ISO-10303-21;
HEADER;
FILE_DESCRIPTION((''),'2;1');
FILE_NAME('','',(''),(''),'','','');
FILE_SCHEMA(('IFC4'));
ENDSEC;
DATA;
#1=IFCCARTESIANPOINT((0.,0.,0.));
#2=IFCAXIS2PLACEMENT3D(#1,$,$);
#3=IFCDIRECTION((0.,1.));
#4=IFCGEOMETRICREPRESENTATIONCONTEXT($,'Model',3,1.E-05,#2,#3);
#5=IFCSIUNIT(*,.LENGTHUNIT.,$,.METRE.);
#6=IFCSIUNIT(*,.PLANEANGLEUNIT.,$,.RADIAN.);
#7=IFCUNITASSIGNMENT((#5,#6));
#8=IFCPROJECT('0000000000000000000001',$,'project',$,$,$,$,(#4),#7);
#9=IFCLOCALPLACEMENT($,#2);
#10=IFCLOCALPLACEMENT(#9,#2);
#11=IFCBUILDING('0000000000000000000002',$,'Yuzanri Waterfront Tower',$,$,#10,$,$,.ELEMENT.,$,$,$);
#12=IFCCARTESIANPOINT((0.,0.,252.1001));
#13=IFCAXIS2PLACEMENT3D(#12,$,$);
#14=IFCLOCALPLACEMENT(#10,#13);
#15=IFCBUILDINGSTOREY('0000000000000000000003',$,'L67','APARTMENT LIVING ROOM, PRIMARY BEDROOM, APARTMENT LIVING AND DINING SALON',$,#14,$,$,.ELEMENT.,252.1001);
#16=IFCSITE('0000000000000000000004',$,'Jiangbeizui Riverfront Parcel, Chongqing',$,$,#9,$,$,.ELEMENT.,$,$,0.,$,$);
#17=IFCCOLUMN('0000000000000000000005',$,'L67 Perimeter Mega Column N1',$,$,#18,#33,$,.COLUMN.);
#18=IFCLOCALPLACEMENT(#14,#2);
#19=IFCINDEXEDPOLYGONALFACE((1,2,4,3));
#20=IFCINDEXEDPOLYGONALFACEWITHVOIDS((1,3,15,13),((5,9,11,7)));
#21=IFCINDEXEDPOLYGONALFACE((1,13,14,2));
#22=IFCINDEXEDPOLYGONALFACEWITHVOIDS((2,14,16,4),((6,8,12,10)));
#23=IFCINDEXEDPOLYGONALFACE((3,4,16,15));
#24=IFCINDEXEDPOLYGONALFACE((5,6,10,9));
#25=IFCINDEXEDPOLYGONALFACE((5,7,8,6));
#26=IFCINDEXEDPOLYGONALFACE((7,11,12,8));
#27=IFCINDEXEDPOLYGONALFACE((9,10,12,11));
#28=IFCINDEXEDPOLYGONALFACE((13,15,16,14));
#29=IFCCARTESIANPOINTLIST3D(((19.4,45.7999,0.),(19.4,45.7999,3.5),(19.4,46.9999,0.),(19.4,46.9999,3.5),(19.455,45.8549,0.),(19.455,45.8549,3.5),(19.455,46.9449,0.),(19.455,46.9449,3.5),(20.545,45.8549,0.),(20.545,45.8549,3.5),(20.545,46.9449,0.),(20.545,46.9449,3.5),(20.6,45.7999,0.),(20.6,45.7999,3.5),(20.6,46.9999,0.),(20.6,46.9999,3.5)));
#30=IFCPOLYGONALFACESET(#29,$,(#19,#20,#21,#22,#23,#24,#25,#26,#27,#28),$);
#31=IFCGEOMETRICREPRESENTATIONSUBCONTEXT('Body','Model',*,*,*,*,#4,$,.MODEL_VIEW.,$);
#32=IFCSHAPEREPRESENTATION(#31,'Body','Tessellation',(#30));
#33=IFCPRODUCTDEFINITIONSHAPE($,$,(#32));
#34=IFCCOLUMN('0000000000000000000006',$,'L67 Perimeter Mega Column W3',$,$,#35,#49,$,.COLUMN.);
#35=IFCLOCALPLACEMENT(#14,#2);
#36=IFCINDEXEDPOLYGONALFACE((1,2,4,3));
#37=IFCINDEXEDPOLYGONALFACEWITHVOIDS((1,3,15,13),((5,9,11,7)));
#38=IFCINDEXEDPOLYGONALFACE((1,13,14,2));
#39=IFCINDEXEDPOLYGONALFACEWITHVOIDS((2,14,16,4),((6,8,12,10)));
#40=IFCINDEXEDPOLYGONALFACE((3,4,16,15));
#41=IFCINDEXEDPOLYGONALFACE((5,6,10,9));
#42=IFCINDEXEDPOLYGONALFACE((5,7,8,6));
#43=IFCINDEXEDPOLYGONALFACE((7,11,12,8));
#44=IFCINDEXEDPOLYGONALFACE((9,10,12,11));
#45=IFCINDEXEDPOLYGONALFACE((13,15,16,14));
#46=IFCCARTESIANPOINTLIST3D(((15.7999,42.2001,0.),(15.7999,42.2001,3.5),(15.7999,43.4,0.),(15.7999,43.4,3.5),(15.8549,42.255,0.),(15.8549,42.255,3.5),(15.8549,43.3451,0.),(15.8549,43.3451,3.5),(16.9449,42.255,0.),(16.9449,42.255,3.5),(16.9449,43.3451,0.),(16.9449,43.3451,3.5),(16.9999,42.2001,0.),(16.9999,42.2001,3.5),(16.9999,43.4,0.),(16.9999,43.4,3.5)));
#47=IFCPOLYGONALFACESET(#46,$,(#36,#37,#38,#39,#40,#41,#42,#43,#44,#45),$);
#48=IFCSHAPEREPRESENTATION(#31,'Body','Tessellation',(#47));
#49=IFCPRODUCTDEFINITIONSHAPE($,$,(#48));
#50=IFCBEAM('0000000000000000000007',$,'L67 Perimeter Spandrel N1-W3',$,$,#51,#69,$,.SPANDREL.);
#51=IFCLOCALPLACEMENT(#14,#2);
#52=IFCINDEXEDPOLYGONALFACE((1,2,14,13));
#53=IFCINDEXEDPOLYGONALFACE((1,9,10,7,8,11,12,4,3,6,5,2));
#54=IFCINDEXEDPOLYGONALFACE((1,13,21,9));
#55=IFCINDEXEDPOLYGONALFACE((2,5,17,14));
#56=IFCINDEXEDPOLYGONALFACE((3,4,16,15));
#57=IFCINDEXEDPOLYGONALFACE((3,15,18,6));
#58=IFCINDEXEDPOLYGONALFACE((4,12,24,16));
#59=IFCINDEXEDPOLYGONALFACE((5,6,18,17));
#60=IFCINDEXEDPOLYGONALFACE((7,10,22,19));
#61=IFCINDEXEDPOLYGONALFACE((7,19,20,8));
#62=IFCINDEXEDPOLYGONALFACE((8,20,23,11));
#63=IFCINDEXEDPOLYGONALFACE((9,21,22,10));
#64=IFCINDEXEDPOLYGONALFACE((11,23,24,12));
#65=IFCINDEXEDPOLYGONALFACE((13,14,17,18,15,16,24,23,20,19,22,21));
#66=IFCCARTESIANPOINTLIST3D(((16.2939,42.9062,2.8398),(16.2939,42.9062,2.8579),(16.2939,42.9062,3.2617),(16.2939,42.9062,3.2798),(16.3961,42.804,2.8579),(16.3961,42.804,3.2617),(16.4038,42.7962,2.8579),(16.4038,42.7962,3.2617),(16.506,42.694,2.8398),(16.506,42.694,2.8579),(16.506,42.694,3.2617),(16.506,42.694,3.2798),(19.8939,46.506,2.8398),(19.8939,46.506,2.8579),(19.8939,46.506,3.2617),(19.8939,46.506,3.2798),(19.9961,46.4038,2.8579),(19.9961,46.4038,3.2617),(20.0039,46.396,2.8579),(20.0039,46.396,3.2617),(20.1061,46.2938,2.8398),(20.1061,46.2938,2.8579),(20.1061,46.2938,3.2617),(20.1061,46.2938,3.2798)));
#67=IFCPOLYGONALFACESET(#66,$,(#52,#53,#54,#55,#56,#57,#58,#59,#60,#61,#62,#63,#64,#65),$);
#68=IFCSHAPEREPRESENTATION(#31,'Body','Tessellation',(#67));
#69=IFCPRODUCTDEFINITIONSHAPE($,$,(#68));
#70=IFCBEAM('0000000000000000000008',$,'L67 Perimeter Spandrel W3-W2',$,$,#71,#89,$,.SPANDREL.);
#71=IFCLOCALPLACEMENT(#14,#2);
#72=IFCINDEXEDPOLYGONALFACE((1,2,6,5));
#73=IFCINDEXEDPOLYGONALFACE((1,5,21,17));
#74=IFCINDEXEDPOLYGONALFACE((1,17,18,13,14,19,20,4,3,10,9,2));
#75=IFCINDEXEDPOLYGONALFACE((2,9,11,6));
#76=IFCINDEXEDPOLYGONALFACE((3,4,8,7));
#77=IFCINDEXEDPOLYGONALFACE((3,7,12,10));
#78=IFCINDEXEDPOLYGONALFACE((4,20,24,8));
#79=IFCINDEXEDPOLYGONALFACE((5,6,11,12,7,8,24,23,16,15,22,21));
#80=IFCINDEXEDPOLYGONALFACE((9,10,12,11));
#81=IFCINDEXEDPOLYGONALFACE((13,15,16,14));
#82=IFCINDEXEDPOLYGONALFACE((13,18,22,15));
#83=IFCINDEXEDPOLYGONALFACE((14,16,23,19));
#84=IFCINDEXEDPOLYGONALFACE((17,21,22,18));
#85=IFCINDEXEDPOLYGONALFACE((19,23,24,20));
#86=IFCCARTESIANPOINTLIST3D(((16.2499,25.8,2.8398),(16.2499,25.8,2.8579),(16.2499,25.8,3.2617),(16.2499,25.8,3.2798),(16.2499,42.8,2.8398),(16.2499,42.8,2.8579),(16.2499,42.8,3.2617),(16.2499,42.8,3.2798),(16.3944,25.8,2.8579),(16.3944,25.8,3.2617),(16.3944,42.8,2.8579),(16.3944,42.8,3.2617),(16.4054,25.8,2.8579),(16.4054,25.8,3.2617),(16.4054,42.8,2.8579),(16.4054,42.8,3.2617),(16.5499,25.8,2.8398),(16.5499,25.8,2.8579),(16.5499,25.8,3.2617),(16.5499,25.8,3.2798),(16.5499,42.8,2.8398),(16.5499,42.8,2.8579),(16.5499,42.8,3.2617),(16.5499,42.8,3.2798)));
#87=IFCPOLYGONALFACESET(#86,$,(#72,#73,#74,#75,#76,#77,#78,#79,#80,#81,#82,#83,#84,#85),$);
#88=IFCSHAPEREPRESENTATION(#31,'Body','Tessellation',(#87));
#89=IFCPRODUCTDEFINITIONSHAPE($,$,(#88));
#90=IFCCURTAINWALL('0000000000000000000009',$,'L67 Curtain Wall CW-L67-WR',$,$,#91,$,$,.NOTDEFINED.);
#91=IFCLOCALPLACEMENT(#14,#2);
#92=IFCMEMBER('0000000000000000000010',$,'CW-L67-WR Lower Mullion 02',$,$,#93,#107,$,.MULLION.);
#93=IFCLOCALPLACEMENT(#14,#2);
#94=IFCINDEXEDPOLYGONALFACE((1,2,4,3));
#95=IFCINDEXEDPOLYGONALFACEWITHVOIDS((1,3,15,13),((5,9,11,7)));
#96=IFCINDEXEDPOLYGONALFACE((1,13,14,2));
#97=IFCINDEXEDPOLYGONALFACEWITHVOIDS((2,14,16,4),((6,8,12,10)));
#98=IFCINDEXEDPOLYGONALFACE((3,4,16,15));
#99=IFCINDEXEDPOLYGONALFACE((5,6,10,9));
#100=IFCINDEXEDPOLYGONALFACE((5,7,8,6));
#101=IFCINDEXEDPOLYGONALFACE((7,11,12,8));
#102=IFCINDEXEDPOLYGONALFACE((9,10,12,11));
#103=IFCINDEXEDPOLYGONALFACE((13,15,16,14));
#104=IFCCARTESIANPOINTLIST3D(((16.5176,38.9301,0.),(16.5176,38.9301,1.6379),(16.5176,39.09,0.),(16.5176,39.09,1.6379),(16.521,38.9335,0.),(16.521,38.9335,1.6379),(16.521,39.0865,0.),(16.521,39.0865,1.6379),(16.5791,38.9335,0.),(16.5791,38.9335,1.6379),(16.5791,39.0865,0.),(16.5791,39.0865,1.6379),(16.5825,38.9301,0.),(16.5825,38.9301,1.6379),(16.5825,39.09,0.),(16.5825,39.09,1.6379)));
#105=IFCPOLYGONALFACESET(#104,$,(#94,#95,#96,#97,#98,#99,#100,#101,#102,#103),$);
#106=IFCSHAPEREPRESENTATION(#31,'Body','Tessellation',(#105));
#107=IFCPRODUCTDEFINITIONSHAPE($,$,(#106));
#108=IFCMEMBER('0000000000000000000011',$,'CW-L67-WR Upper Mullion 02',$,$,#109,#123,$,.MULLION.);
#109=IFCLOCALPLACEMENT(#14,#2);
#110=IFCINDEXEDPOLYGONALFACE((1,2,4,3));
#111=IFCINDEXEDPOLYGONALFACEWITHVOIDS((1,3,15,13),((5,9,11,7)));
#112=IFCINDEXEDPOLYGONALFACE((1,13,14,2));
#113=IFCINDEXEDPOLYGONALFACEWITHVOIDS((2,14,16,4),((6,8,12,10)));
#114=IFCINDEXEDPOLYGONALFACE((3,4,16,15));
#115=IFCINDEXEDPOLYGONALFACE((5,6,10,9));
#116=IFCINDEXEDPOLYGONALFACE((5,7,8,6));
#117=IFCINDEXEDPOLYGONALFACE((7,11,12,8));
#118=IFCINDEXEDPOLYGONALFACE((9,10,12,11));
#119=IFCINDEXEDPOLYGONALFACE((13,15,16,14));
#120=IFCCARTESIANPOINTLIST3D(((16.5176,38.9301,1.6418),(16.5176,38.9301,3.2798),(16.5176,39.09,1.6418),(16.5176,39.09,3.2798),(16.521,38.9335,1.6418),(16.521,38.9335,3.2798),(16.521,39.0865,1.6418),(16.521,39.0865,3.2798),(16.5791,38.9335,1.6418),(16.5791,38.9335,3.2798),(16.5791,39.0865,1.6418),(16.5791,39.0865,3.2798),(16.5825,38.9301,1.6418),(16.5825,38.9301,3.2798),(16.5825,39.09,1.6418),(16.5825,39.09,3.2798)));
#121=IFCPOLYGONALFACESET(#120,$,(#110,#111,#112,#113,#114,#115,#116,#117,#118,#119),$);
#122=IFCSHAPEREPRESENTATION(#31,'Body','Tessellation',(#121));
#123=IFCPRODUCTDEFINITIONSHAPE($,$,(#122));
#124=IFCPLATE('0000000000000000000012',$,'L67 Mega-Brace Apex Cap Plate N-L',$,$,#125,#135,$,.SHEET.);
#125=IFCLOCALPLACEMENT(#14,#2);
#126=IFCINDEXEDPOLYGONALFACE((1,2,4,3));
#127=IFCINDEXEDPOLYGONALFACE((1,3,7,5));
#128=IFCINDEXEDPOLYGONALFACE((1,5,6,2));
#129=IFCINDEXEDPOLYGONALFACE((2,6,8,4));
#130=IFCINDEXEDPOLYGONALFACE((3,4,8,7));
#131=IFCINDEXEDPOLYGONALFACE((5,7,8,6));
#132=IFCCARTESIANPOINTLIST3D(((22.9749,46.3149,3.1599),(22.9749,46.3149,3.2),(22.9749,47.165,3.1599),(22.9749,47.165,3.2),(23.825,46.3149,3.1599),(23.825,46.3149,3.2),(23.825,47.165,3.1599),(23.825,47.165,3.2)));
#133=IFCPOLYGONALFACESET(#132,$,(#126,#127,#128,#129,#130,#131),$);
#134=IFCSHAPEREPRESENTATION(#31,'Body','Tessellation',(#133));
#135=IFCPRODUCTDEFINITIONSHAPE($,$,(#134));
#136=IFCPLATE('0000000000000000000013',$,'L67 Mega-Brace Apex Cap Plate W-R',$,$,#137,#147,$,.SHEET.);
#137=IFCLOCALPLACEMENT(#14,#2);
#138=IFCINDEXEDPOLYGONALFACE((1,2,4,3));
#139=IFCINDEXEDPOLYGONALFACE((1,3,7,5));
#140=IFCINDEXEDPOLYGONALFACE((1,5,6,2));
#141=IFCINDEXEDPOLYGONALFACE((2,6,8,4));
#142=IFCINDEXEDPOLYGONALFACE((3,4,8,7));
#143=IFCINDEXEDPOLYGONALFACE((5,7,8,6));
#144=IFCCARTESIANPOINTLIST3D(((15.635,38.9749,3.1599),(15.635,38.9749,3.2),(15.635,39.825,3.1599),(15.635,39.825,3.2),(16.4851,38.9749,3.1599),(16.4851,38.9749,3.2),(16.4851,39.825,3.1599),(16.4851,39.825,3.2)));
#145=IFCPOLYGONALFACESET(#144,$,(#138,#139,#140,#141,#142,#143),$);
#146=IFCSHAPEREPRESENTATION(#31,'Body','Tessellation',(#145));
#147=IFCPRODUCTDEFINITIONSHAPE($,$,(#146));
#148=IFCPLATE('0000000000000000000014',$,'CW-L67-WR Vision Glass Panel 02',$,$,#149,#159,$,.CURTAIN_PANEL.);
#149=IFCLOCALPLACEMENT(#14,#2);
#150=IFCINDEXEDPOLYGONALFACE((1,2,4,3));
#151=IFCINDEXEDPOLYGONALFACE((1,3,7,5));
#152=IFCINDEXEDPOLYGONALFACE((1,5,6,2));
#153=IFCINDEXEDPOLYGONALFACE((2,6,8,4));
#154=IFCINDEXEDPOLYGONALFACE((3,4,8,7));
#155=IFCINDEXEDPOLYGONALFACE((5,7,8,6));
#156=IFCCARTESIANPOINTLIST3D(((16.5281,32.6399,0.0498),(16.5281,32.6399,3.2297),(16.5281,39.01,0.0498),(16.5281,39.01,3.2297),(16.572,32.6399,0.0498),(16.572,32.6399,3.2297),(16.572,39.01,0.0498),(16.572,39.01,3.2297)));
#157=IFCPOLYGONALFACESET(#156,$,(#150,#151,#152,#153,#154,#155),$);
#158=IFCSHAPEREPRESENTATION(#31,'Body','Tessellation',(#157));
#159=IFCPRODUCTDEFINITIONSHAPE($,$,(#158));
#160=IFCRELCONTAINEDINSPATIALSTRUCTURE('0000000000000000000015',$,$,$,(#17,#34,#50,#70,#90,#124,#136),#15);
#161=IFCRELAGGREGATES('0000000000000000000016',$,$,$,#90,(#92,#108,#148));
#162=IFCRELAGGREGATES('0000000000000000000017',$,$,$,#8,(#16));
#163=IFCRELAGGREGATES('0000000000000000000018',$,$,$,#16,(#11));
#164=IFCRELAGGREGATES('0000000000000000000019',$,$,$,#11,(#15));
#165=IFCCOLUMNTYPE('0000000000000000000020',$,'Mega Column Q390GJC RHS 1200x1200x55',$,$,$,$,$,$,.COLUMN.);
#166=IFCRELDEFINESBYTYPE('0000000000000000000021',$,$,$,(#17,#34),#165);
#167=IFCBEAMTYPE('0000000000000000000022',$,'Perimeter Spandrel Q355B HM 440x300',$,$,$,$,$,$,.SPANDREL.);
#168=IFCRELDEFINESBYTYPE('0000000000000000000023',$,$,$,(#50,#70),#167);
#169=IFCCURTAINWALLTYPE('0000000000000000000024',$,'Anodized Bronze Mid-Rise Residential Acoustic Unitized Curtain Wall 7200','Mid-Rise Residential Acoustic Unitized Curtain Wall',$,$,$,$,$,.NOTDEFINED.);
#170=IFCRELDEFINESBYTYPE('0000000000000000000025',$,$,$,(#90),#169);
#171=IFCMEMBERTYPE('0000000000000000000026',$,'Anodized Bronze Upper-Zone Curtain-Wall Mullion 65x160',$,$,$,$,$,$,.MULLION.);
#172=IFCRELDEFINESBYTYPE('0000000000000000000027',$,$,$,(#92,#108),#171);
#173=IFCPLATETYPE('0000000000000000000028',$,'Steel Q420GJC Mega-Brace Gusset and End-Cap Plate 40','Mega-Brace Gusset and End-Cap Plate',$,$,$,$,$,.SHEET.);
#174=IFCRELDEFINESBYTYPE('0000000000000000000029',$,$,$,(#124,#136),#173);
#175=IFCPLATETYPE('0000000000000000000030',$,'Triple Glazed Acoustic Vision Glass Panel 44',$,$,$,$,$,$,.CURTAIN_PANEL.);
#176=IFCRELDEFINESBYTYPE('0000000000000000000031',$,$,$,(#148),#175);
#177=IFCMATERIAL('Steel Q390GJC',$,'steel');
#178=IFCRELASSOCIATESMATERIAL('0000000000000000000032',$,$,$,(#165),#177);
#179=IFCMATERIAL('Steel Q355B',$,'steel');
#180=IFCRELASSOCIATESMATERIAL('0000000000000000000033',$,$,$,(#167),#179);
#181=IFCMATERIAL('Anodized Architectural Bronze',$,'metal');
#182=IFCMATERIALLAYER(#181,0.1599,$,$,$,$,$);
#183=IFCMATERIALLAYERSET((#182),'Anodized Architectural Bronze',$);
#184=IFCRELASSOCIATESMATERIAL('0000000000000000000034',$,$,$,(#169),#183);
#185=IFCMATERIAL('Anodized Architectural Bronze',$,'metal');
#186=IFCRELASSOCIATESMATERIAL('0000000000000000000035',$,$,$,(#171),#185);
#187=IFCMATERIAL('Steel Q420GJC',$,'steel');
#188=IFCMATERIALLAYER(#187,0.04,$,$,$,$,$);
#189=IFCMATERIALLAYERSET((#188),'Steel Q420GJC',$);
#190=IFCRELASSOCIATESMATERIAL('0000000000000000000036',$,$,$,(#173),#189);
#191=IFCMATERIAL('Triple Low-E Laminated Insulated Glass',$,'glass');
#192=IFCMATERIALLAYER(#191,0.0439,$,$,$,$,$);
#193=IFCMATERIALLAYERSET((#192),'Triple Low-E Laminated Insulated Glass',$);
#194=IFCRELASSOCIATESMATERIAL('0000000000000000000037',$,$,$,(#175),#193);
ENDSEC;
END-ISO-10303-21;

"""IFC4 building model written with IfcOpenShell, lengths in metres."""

from ifc_helpers import new_model, si_unit, direction, frame, origin, origin_2d, place, context, subcontext, project, spatial, rectangle, hollow_rectangle, i_section, extrude, source, transform, mapped, material, layer, layer_set, material_profile, profile_set, type_object, element, aggregate, save


model = new_model("IFC4")

# Units and contexts
model_context = context("Model", 3, precision=1e-05, world=origin(), true_north=direction((0.0, 1.0)))
body_context = subcontext(model_context, "Body", "Model", "MODEL_VIEW")
ifc_project = project(units=[si_unit("LENGTHUNIT", "METRE"), si_unit("PLANEANGLEUNIT", "RADIAN")], contexts=[model_context])

# Site, building, storey
site_placement = place(None, origin())
site = spatial("IfcSite", under=ifc_project, at=site_placement, Name="Jiangbeizui Riverfront Parcel, Chongqing", CompositionType="ELEMENT", RefElevation=0.0)
building_placement = place(site_placement, origin())
building = spatial("IfcBuilding", under=site, at=building_placement, Name="Yuzanri Waterfront Tower", CompositionType="ELEMENT")
storey_placement = place(building_placement, frame((0.0, 0.0, 252.1001)))
storey = spatial("IfcBuildingStorey", under=building, at=storey_placement, Name="L67", Description="APARTMENT LIVING ROOM, PRIMARY BEDROOM, APARTMENT LIVING AND DINING SALON", CompositionType="ELEMENT", Elevation=252.1001)

# Columns
ifc_material_1 = material(Name="Steel Q390GJC", Category="steel")
ifc_material_profile_1 = material_profile(ifc_material_1, hollow_rectangle(XDim=1.2, YDim=1.2, WallThickness=0.0549, at=origin_2d()), Name="RHS 1200x1200x55")
ifc_profile_set_1 = profile_set([ifc_material_profile_1], Name="Steel Q390GJC")
column_type = type_object("IfcColumnType", Name="Mega Column Q390GJC RHS 1200x1200x55", PredefinedType="COLUMN", material=ifc_profile_set_1)
shared_shape_1 = source(origin(), body_context, "Body", "SweptSolid", [
    extrude(hollow_rectangle(XDim=1.2, YDim=1.2, WallThickness=0.0549, at=origin_2d()), origin(), (0.0, 0.0, 1.0), 3.5),
])
for number, where, z_axis, x_axis, name in (
    (1, (20.0, 46.3999, 0.0), (0.0, 0.0, 1.0), (1.0, 0.0, 0.0), "L67 Perimeter Mega Column N1"),
    (2, (16.3999, 42.8, 0.0), (0.0, 0.0, 1.0), (1.0, 0.0, 0.0), "L67 Perimeter Mega Column W3"),
):
    element("IfcColumn", number, at=place(storey_placement, frame(where, z_axis=z_axis, x_axis=x_axis)), inside=storey, type_object=column_type, Name=name, PredefinedType="COLUMN", context=body_context, shape_type="MappedRepresentation", body=[
        mapped(shared_shape_1, transform((0.0, 0.0, 0.0), scale=1.0)),
    ])

# Beams
ifc_material_2 = material(Name="Steel Q355B", Category="steel")
ifc_material_profile_2 = material_profile(ifc_material_2, i_section(OverallWidth=0.3, OverallDepth=0.4399, WebThickness=0.011, FlangeThickness=0.0181, at=origin_2d()), Name="HM 440x300x11x18")
ifc_profile_set_2 = profile_set([ifc_material_profile_2], Name="Steel Q355B")
beam_type = type_object("IfcBeamType", Name="Perimeter Spandrel Q355B HM 440x300", PredefinedType="SPANDREL", material=ifc_profile_set_2)
shared_shape_2 = source(origin(), body_context, "Body", "SweptSolid", [
    extrude(i_section(OverallWidth=0.3, OverallDepth=0.4399, WebThickness=0.011, FlangeThickness=0.0181, at=origin_2d()), origin(), (0.0, 0.0, 1.0), 5.0911),
])
beam_1_placement = place(storey_placement, frame((20.0, 46.3999, 3.0598), z_axis=(-0.707131, -0.707083, 0.0), x_axis=(0.707083, -0.707131, 0.0)))
element("IfcBeam", 3, at=beam_1_placement, inside=storey, type_object=beam_type, Name="L67 Perimeter Spandrel N1-W3", PredefinedType="SPANDREL", context=body_context, shape_type="MappedRepresentation", body=[
    mapped(shared_shape_2, transform((0.0, 0.0, 0.0), scale=1.0)),
])
shared_shape_3 = source(origin(), body_context, "Body", "SweptSolid", [
    extrude(i_section(OverallWidth=0.3, OverallDepth=0.4399, WebThickness=0.011, FlangeThickness=0.0181, at=origin_2d()), origin(), (0.0, 0.0, 1.0), 17.0),
])
beam_2_placement = place(storey_placement, frame((16.3999, 42.8, 3.0598), z_axis=(0.0, -1.0, 0.0), x_axis=(1.0, 0.0, 0.0)))
element("IfcBeam", 4, at=beam_2_placement, inside=storey, type_object=beam_type, Name="L67 Perimeter Spandrel W3-W2", PredefinedType="SPANDREL", context=body_context, shape_type="MappedRepresentation", body=[
    mapped(shared_shape_3, transform((0.0, 0.0, 0.0), scale=1.0)),
])

# Curtain wall, members
ifc_material_3 = material(Name="Anodized Architectural Bronze", Category="metal")
ifc_layer_1 = layer(ifc_material_3, 0.1599)
ifc_layer_set_1 = layer_set([ifc_layer_1], Name="Anodized Architectural Bronze")
curtain_wall_type = type_object("IfcCurtainWallType", Name="Anodized Bronze Mid-Rise Residential Acoustic Unitized Curtain Wall 7200", Description="Mid-Rise Residential Acoustic Unitized Curtain Wall", PredefinedType="NOTDEFINED", material=ifc_layer_set_1)
curtain_wall_placement = place(storey_placement, origin())
curtain_wall = element("IfcCurtainWall", 5, at=curtain_wall_placement, inside=storey, type_object=curtain_wall_type, Name="L67 Curtain Wall CW-L67-WR", PredefinedType="NOTDEFINED")
ifc_material_4 = material(Name="Anodized Architectural Bronze", Category="metal")
ifc_material_profile_3 = material_profile(ifc_material_4, hollow_rectangle(XDim=0.0649, YDim=0.1599, WallThickness=0.0034, at=origin_2d()), Name="CWM 65x160")
ifc_profile_set_3 = profile_set([ifc_material_profile_3], Name="Anodized Architectural Bronze")
member_type = type_object("IfcMemberType", Name="Anodized Bronze Upper-Zone Curtain-Wall Mullion 65x160", PredefinedType="MULLION", material=ifc_profile_set_3)
shared_shape_4 = source(origin(), body_context, "Body", "SweptSolid", [
    extrude(hollow_rectangle(XDim=0.0649, YDim=0.1599, WallThickness=0.0034, at=origin_2d()), origin(), (0.0, 0.0, 1.0), 1.6379),
])
member_1_placement = place(storey_placement, frame((16.55, 39.01, 0.0), z_axis=(0.0, 0.0, 1.0), x_axis=(1.0, 0.0, 0.0)))
member_1 = element("IfcMember", 6, at=member_1_placement, type_object=member_type, Name="CW-L67-WR Lower Mullion 02", PredefinedType="MULLION", context=body_context, shape_type="MappedRepresentation", body=[
    mapped(shared_shape_4, transform((0.0, 0.0, 0.0), scale=1.0)),
])
member_2_placement = place(storey_placement, frame((16.55, 39.01, 1.6418), z_axis=(0.0, 0.0, 1.0), x_axis=(1.0, 0.0, 0.0)))
member_2 = element("IfcMember", 7, at=member_2_placement, type_object=member_type, Name="CW-L67-WR Upper Mullion 02", PredefinedType="MULLION", context=body_context, shape_type="MappedRepresentation", body=[
    mapped(shared_shape_4, transform((0.0, 0.0, 0.0), scale=1.0)),
])

# Plates
ifc_material_5 = material(Name="Steel Q420GJC", Category="steel")
ifc_layer_2 = layer(ifc_material_5, 0.04)
ifc_layer_set_2 = layer_set([ifc_layer_2], Name="Steel Q420GJC")
plate_type_1 = type_object("IfcPlateType", Name="Steel Q420GJC Mega-Brace Gusset and End-Cap Plate 40", Description="Mega-Brace Gusset and End-Cap Plate", PredefinedType="SHEET", material=ifc_layer_set_2)
shared_shape_5 = source(origin(), body_context, "Body", "SweptSolid", [
    extrude(rectangle(XDim=0.8501, YDim=0.8501, at=origin_2d()), origin(), (0.0, 0.0, 1.0), 0.04),
])
for number, where, z_axis, x_axis, name in (
    (8, (23.3999, 46.74, 3.1599), (0.0, 0.0, 1.0), (1.0, 0.0, 0.0), "L67 Mega-Brace Apex Cap Plate N-L"),
    (9, (16.0601, 39.3999, 3.1599), (0.0, 0.0, 1.0), (1.0, 0.0, 0.0), "L67 Mega-Brace Apex Cap Plate W-R"),
):
    element("IfcPlate", number, at=place(storey_placement, frame(where, z_axis=z_axis, x_axis=x_axis)), inside=storey, type_object=plate_type_1, Name=name, PredefinedType="SHEET", context=body_context, shape_type="MappedRepresentation", body=[
        mapped(shared_shape_5, transform((0.0, 0.0, 0.0), scale=1.0)),
    ])

# Plate
ifc_material_6 = material(Name="Triple Low-E Laminated Insulated Glass", Category="glass")
ifc_layer_3 = layer(ifc_material_6, 0.0439)
ifc_layer_set_3 = layer_set([ifc_layer_3], Name="Triple Low-E Laminated Insulated Glass")
plate_type_2 = type_object("IfcPlateType", Name="Triple Glazed Acoustic Vision Glass Panel 44", PredefinedType="CURTAIN_PANEL", material=ifc_layer_set_3)
shared_shape_6 = source(origin(), body_context, "Body", "SweptSolid", [
    extrude(rectangle(XDim=6.3701, YDim=0.0439, at=origin_2d()), origin(), (0.0, 0.0, 1.0), 3.1799),
])
plate_placement = place(storey_placement, frame((16.55, 35.825, 0.0498), z_axis=(0.0, 0.0, 1.0), x_axis=(0.0, 1.0, 0.0)))
plate = element("IfcPlate", 10, at=plate_placement, type_object=plate_type_2, Name="CW-L67-WR Vision Glass Panel 02", PredefinedType="CURTAIN_PANEL", context=body_context, shape_type="MappedRepresentation", body=[
    mapped(shared_shape_6, transform((0.0, 0.0, 0.0), scale=1.0)),
])
aggregate(curtain_wall, [member_1, member_2, plate])

save(model, "model.ifc")
